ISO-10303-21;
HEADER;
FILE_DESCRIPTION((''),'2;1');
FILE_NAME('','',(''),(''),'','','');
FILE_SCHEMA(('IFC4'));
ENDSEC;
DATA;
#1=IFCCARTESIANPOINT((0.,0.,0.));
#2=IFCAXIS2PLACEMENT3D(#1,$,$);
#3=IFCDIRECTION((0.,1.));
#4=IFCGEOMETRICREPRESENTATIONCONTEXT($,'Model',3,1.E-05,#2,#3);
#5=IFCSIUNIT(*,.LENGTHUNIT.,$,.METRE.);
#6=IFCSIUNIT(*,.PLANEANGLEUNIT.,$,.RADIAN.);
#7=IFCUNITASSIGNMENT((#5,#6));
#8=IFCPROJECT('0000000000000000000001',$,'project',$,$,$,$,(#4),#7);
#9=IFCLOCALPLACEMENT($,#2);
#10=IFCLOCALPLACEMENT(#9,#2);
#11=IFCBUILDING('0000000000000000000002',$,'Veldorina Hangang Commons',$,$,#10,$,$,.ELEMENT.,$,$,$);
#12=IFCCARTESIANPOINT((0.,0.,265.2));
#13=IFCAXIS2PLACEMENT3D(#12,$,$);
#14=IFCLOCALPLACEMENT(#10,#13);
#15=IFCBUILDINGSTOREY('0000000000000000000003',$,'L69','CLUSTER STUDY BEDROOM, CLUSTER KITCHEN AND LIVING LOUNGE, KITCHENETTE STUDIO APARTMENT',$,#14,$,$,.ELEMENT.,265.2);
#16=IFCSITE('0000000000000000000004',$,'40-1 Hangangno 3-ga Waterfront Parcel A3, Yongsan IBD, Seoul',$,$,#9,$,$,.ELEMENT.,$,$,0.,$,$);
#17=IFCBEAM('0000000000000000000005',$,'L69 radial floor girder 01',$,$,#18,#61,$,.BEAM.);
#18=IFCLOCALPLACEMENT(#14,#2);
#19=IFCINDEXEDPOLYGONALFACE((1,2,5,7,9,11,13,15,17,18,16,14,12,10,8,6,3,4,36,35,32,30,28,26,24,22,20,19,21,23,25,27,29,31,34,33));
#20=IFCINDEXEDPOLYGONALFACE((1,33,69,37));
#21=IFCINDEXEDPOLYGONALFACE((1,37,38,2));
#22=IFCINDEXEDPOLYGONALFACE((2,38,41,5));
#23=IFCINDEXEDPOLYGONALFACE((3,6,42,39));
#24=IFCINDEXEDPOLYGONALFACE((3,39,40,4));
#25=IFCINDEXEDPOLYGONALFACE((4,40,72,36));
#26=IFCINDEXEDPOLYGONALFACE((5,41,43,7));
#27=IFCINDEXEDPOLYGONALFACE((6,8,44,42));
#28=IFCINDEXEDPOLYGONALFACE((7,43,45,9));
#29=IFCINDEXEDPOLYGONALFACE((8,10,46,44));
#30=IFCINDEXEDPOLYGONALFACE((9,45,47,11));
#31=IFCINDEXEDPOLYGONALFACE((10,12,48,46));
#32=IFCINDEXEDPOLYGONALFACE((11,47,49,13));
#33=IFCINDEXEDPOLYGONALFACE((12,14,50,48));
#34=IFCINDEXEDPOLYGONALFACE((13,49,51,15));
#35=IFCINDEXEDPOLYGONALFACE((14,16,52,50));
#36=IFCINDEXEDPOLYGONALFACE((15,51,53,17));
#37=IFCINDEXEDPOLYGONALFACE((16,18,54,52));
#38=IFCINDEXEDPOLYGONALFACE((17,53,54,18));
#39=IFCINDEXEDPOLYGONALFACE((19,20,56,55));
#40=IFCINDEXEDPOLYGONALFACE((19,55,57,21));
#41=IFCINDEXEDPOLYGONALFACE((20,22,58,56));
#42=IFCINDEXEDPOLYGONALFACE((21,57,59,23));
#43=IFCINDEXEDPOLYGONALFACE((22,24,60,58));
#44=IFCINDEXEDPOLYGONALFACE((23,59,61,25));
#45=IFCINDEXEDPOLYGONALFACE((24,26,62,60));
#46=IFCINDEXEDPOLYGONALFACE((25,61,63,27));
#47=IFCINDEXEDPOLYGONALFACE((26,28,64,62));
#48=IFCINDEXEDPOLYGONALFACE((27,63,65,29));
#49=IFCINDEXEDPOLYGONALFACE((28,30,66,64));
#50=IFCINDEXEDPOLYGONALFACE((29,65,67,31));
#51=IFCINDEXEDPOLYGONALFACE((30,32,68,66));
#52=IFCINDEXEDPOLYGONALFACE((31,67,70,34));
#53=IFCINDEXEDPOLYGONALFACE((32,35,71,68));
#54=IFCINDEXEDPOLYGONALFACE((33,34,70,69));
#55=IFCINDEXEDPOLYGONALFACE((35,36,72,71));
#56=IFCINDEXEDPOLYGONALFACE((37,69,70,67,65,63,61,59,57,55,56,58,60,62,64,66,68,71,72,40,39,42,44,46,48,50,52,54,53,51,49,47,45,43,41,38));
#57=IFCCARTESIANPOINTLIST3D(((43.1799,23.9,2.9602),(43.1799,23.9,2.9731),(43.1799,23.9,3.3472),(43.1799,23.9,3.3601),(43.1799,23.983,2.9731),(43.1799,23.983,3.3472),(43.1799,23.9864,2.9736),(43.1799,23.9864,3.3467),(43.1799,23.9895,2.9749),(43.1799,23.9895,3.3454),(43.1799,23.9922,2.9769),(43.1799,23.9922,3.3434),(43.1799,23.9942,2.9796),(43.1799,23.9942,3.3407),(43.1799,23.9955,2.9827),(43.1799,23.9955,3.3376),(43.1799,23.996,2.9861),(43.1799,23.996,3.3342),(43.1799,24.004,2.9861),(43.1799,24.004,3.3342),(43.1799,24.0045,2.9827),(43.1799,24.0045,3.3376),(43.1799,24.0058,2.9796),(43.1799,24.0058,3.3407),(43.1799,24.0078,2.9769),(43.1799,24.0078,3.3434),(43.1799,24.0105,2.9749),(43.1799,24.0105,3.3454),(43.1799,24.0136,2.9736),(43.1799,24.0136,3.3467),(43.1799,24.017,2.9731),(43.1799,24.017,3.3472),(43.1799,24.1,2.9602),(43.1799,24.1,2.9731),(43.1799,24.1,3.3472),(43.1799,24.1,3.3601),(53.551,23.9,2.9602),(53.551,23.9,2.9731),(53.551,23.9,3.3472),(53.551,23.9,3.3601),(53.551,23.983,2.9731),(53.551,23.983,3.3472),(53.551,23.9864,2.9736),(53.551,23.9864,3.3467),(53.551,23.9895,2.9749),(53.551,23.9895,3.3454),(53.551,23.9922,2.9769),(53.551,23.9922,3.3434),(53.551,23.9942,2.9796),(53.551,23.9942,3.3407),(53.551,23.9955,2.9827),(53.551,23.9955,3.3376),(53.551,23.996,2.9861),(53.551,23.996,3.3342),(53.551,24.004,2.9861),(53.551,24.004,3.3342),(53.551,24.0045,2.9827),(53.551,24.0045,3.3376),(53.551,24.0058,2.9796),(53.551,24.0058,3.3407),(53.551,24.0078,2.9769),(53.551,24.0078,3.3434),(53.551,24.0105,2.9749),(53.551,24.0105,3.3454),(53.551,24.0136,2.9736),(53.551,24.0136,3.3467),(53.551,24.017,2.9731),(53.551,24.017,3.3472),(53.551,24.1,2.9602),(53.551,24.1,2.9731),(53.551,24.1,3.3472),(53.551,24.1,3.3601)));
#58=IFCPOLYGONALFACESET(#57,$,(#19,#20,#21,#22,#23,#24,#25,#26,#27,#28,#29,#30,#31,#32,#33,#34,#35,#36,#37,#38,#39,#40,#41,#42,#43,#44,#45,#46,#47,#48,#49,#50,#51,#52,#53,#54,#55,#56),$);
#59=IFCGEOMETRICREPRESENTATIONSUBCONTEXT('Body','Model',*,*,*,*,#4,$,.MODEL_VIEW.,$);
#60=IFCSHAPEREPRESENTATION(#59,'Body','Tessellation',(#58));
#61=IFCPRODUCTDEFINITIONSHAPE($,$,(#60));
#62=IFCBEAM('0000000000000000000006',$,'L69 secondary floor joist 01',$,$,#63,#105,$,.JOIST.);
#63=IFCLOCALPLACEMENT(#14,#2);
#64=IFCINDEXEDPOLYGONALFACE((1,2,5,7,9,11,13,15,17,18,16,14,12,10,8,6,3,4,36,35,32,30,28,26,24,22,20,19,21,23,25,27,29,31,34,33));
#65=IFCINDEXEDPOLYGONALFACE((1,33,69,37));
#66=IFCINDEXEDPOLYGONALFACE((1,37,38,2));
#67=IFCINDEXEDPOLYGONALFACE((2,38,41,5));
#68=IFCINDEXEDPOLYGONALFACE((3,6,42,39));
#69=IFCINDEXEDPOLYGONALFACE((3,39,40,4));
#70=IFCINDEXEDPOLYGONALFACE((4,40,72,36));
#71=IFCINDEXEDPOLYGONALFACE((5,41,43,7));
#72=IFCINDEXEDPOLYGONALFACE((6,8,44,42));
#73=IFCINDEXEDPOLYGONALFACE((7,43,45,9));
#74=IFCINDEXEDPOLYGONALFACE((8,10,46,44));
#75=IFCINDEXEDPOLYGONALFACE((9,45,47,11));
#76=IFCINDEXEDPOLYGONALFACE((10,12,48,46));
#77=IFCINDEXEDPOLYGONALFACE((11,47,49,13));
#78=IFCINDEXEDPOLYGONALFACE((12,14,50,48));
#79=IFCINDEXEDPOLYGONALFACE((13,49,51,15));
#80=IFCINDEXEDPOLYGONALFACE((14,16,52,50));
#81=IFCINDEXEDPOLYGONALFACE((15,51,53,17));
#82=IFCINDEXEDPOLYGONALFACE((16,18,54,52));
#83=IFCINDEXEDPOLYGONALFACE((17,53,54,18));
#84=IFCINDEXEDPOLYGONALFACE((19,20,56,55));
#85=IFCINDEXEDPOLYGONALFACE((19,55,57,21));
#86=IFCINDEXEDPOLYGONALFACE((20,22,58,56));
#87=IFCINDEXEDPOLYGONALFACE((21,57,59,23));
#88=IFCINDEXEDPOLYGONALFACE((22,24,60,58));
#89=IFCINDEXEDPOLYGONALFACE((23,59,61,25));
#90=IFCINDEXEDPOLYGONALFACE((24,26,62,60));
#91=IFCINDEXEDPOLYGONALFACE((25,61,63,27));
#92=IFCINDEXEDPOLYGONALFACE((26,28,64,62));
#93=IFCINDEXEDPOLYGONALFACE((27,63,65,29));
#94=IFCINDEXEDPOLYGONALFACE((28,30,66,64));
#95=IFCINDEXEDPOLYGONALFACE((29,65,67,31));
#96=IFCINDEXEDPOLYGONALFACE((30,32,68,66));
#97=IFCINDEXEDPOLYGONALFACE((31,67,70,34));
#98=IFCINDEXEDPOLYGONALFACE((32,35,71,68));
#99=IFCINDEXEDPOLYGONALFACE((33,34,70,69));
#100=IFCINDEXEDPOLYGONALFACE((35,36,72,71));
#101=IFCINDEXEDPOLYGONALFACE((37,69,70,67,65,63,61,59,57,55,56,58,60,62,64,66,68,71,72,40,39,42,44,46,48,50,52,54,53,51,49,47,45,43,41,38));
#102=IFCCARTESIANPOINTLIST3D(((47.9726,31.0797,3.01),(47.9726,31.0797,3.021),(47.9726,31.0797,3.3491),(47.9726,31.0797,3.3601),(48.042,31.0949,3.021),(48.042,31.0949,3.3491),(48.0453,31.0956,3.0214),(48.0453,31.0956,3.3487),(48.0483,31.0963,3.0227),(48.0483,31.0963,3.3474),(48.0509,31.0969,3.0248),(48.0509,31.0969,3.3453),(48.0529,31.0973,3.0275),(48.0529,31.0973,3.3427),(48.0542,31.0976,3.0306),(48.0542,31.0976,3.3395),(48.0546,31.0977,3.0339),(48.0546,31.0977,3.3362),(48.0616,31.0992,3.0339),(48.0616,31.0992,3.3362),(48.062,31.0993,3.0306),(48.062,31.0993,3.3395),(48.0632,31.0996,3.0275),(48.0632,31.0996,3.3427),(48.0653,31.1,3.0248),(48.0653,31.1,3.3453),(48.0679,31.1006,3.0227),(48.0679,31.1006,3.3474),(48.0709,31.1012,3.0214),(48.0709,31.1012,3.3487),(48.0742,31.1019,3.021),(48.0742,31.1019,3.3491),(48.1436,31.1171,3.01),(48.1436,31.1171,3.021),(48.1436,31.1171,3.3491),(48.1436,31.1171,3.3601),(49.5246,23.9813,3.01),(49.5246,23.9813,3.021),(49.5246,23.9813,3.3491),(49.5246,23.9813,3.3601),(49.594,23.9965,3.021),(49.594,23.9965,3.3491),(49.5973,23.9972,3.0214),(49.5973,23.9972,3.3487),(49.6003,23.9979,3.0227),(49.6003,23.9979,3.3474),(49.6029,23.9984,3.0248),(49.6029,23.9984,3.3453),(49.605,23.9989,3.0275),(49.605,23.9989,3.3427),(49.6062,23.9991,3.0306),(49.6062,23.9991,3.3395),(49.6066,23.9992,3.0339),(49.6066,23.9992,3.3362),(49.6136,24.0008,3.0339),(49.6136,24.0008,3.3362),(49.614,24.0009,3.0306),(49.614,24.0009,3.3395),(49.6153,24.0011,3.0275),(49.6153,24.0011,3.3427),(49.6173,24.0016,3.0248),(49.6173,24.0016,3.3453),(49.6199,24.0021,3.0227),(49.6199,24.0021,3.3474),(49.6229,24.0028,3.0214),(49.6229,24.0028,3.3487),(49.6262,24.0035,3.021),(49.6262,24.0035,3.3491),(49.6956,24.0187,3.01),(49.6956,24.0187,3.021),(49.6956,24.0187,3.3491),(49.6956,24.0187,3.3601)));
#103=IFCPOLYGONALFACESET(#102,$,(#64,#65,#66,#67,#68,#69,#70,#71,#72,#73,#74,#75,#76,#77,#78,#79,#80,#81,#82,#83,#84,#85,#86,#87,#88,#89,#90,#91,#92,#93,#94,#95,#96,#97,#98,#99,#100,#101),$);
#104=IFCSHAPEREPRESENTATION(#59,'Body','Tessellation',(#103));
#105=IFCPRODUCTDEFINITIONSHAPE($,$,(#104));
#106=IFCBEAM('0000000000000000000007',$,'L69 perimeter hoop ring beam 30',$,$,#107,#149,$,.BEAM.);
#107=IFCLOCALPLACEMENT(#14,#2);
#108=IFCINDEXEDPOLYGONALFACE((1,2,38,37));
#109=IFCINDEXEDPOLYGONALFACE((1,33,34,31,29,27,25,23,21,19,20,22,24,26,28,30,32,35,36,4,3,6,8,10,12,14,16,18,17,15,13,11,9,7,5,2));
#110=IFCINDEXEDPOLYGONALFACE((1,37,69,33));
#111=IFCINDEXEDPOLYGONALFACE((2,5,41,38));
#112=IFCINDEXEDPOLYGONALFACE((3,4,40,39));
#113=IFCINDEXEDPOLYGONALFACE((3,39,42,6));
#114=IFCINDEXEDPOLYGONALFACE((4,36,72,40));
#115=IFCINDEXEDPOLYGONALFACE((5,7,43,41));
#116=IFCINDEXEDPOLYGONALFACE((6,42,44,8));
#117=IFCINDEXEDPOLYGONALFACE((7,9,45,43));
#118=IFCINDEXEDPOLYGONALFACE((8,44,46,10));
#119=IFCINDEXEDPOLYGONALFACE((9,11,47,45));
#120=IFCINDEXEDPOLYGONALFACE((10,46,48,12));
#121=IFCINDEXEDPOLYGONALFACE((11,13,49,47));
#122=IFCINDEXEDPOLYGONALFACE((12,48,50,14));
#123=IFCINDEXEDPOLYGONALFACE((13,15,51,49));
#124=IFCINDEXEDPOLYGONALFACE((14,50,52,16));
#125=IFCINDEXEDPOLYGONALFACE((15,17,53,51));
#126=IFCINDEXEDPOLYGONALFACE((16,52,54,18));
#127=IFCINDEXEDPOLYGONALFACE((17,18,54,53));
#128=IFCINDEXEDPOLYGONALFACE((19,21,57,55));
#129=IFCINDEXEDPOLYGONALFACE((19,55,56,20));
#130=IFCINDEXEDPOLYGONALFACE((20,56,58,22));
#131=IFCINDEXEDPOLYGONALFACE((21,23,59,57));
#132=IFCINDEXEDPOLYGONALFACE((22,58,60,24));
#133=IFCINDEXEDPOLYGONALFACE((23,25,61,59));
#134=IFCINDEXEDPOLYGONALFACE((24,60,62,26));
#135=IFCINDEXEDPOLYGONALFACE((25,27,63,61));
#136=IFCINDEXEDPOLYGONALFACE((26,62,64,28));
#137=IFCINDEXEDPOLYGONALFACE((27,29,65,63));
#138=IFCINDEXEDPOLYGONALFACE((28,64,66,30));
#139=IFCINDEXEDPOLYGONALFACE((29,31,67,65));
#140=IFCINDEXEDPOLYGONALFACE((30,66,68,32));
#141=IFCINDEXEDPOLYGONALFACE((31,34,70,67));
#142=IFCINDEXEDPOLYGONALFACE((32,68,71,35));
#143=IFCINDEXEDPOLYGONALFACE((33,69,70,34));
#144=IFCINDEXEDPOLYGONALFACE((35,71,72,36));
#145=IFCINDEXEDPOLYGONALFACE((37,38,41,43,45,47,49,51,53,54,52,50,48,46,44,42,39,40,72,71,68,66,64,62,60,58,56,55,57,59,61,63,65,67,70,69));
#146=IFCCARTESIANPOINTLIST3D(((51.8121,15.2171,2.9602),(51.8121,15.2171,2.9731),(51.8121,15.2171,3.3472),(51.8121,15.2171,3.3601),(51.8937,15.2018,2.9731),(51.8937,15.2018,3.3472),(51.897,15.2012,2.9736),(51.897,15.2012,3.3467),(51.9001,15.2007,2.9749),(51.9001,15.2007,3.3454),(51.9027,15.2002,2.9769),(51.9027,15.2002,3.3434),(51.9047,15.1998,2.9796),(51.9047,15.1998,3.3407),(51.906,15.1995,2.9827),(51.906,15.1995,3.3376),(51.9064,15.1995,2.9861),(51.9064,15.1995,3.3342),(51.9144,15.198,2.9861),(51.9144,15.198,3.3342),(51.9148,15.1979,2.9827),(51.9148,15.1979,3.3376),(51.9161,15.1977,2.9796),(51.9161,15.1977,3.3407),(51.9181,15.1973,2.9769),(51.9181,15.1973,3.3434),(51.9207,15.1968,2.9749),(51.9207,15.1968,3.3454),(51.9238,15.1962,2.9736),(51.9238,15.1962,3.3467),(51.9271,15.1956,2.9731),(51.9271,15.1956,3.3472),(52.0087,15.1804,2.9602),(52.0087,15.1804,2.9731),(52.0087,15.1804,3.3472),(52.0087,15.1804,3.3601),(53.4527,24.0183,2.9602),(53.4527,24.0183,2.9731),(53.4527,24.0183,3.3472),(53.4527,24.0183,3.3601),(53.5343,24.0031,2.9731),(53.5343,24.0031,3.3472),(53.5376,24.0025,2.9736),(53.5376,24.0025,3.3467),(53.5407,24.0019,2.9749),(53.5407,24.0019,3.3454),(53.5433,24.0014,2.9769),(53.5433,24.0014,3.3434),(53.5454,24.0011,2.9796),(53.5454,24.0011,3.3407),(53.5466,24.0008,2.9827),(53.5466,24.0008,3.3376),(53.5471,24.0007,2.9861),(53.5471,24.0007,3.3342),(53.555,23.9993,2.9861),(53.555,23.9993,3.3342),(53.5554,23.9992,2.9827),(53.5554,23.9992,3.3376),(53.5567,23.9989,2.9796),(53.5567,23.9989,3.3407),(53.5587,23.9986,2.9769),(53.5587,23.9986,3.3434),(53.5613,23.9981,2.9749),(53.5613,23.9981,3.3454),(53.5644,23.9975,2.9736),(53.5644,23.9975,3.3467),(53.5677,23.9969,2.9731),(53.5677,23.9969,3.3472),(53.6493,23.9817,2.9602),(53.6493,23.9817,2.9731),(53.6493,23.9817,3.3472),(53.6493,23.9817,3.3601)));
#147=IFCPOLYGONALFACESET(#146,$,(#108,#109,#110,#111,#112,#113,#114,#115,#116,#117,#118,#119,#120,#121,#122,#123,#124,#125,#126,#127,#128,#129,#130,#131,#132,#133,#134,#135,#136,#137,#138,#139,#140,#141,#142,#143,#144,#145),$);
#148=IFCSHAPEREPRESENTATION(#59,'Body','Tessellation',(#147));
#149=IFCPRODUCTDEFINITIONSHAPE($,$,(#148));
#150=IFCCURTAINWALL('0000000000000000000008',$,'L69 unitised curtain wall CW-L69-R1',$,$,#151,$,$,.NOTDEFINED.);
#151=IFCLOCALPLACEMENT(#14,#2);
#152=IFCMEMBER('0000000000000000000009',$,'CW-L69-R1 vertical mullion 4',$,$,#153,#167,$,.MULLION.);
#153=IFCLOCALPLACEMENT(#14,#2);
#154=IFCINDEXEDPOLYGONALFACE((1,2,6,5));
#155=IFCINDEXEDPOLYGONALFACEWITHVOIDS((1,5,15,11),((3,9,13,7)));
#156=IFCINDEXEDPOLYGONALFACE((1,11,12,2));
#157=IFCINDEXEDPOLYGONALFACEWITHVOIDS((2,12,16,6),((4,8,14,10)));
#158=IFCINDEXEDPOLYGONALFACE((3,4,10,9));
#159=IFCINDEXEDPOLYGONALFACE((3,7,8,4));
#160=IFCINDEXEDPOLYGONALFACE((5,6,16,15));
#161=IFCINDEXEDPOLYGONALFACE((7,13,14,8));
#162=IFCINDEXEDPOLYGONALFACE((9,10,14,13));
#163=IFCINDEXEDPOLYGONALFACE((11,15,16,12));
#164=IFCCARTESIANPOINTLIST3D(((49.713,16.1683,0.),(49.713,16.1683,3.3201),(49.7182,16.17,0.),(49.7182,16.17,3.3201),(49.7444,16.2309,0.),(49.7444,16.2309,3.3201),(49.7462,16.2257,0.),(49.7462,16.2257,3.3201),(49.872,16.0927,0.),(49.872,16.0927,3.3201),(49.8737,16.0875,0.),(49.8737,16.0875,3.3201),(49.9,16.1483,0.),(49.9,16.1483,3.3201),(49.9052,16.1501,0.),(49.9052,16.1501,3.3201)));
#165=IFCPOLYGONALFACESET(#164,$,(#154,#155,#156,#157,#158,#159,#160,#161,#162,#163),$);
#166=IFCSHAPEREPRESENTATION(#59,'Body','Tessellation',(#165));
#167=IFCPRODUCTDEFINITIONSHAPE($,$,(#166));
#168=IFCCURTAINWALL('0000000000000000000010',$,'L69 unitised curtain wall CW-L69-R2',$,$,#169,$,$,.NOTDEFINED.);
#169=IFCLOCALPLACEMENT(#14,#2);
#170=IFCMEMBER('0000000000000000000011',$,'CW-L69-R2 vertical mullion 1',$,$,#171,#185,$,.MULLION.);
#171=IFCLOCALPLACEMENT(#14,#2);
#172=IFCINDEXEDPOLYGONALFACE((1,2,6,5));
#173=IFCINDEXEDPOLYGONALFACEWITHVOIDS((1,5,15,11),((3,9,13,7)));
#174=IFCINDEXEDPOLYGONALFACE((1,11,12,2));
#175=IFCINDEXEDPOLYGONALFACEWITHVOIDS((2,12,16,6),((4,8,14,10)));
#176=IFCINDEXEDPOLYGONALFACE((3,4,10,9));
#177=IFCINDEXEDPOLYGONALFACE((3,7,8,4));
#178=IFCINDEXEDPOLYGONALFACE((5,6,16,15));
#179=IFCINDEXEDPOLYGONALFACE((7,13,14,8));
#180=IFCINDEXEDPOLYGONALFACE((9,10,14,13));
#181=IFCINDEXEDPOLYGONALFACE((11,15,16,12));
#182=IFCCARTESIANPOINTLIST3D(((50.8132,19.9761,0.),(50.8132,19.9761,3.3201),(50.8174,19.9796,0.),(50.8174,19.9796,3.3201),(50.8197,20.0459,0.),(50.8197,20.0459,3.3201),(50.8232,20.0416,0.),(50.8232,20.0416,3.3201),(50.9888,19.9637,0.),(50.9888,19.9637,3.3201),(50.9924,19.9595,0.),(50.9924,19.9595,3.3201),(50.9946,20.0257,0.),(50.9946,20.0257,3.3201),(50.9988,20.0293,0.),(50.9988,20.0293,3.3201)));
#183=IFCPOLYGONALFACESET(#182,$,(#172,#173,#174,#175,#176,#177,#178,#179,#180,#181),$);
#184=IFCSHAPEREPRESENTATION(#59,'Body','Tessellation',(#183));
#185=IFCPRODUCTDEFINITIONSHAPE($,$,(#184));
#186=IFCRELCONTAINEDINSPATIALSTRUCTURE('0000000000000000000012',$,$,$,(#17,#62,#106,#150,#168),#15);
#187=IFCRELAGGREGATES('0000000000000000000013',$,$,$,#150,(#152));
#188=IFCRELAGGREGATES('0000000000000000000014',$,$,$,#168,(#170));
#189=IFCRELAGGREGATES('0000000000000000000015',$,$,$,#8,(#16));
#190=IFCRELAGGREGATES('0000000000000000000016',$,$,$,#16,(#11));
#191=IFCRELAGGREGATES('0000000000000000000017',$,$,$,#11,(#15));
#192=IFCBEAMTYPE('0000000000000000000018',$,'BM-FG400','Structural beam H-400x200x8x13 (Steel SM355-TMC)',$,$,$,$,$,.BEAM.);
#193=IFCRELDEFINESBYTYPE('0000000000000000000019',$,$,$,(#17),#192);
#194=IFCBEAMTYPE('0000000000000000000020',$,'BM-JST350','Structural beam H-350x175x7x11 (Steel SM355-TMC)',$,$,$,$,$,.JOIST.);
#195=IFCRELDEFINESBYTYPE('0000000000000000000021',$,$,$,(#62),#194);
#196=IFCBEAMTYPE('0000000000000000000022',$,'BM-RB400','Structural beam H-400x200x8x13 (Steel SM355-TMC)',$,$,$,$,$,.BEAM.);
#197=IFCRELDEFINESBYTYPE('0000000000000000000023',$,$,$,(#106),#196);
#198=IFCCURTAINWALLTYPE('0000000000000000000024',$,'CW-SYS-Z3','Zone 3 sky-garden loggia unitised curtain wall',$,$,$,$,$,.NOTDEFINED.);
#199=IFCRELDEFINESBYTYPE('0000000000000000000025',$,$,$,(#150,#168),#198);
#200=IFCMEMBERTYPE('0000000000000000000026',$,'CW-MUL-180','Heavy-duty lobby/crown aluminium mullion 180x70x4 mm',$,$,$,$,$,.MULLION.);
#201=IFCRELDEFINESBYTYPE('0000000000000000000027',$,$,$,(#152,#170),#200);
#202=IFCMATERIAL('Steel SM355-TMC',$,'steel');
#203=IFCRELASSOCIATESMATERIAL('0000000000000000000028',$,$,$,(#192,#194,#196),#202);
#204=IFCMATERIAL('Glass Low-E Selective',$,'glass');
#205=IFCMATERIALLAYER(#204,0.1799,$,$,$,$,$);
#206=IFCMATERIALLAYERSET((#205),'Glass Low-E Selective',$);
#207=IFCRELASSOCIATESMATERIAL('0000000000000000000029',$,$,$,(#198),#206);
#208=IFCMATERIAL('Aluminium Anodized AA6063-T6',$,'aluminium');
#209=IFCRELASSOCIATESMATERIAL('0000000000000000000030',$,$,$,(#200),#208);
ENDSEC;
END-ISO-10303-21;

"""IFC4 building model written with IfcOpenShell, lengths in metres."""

from ifc_helpers import new_model, si_unit, direction, frame, origin, origin_2d, place, context, subcontext, project, spatial, hollow_rectangle, i_section, extrude, material, layer, layer_set, material_profile, profile_set, type_object, element, aggregate, save


model = new_model("IFC4")

# Units and contexts
model_context = context("Model", 3, precision=1e-05, world=origin(), true_north=direction((0.0, 1.0)))
body_context = subcontext(model_context, "Body", "Model", "MODEL_VIEW")
ifc_project = project(units=[si_unit("LENGTHUNIT", "METRE"), si_unit("PLANEANGLEUNIT", "RADIAN")], contexts=[model_context])

# Site, building, storey
site_placement = place(None, origin())
site = spatial("IfcSite", under=ifc_project, at=site_placement, Name="40-1 Hangangno 3-ga Waterfront Parcel A3, Yongsan IBD, Seoul", CompositionType="ELEMENT", RefElevation=0.0)
building_placement = place(site_placement, origin())
building = spatial("IfcBuilding", under=site, at=building_placement, Name="Veldorina Hangang Commons", CompositionType="ELEMENT")
storey_placement = place(building_placement, frame((0.0, 0.0, 265.2)))
storey = spatial("IfcBuildingStorey", under=building, at=storey_placement, Name="L69", Description="CLUSTER STUDY BEDROOM, CLUSTER KITCHEN AND LIVING LOUNGE, KITCHENETTE STUDIO APARTMENT", CompositionType="ELEMENT", Elevation=265.2)

# Beams
ifc_material_1 = material(Name="Steel SM355-TMC", Category="steel")
ifc_material_profile_1 = material_profile(ifc_material_1, i_section(OverallWidth=0.2, OverallDepth=0.3999, WebThickness=0.0081, FlangeThickness=0.0129, FilletRadius=0.0129, at=origin_2d()), Name="H-400x200x8x13")
ifc_profile_set_1 = profile_set([ifc_material_profile_1], Name="Steel SM355-TMC")
beam_type_1 = type_object("IfcBeamType", Name="BM-FG400", Description="Structural beam H-400x200x8x13 (Steel SM355-TMC)", PredefinedType="BEAM", material=ifc_profile_set_1)
beam_1_placement = place(storey_placement, frame((43.1799, 24.0, 3.1602), z_axis=(1.0, 0.0, 0.0), x_axis=(0.0, 1.0, 0.0)))
element("IfcBeam", 1, at=beam_1_placement, inside=storey, type_object=beam_type_1, Name="L69 radial floor girder 01", PredefinedType="BEAM", context=body_context, shape_type="SweptSolid", body=[
    extrude(i_section(OverallWidth=0.2, OverallDepth=0.3999, WebThickness=0.0081, FlangeThickness=0.0129, FilletRadius=0.0129, at=origin_2d()), origin(), (0.0, 0.0, 1.0), 10.3711),
])
ifc_material_profile_2 = material_profile(ifc_material_1, i_section(OverallWidth=0.175, OverallDepth=0.3501, WebThickness=0.0071, FlangeThickness=0.011, FilletRadius=0.0129, at=origin_2d()), Name="H-350x175x7x11")
ifc_profile_set_2 = profile_set([ifc_material_profile_2], Name="Steel SM355-TMC")
beam_type_2 = type_object("IfcBeamType", Name="BM-JST350", Description="Structural beam H-350x175x7x11 (Steel SM355-TMC)", PredefinedType="JOIST", material=ifc_profile_set_2)
beam_2_placement = place(storey_placement, frame((49.6101, 24.0, 3.1851), z_axis=(-0.213596, 0.976922, 0.0), x_axis=(-0.976922, -0.213596, 0.0)))
element("IfcBeam", 2, at=beam_2_placement, inside=storey, type_object=beam_type_2, Name="L69 secondary floor joist 01", PredefinedType="JOIST", context=body_context, shape_type="SweptSolid", body=[
    extrude(i_section(OverallWidth=0.175, OverallDepth=0.3501, WebThickness=0.0071, FlangeThickness=0.011, FilletRadius=0.0129, at=origin_2d()), origin(), (0.0, 0.0, 1.0), 7.2661),
])
ifc_material_profile_3 = material_profile(ifc_material_1, i_section(OverallWidth=0.2, OverallDepth=0.3999, WebThickness=0.0081, FlangeThickness=0.0129, FilletRadius=0.0129, at=origin_2d()), Name="H-400x200x8x13")
ifc_profile_set_3 = profile_set([ifc_material_profile_3], Name="Steel SM355-TMC")
beam_type_3 = type_object("IfcBeamType", Name="BM-RB400", Description="Structural beam H-400x200x8x13 (Steel SM355-TMC)", PredefinedType="BEAM", material=ifc_profile_set_3)
beam_3_placement = place(storey_placement, frame((51.9104, 15.1987, 3.1602), z_axis=(0.183251, 0.983066, 0.0), x_axis=(-0.983066, 0.183251, 0.0)))
element("IfcBeam", 3, at=beam_3_placement, inside=storey, type_object=beam_type_3, Name="L69 perimeter hoop ring beam 30", PredefinedType="BEAM", context=body_context, shape_type="SweptSolid", body=[
    extrude(i_section(OverallWidth=0.2, OverallDepth=0.3999, WebThickness=0.0081, FlangeThickness=0.0129, FilletRadius=0.0129, at=origin_2d()), origin(), (0.0, 0.0, 1.0), 8.9529),
])

# Curtain wall, member
ifc_material_2 = material(Name="Glass Low-E Selective", Category="glass")
ifc_layer_1 = layer(ifc_material_2, 0.1799)
ifc_layer_set_1 = layer_set([ifc_layer_1], Name="Glass Low-E Selective")
curtain_wall_type = type_object("IfcCurtainWallType", Name="CW-SYS-Z3", Description="Zone 3 sky-garden loggia unitised curtain wall", PredefinedType="NOTDEFINED", material=ifc_layer_set_1)
curtain_wall_1_placement = place(storey_placement, origin())
curtain_wall_1 = element("IfcCurtainWall", 4, at=curtain_wall_1_placement, inside=storey, type_object=curtain_wall_type, Name="L69 unitised curtain wall CW-L69-R1", PredefinedType="NOTDEFINED")
ifc_material_3 = material(Name="Aluminium Anodized AA6063-T6", Category="aluminium")
ifc_material_profile_4 = material_profile(ifc_material_3, hollow_rectangle(XDim=0.0701, YDim=0.1799, WallThickness=0.0039, at=origin_2d()), Name="ALU-RHS-180x70x4")
ifc_profile_set_4 = profile_set([ifc_material_profile_4], Name="Aluminium Anodized AA6063-T6")
member_type_1 = type_object("IfcMemberType", Name="CW-MUL-180", Description="Heavy-duty lobby/crown aluminium mullion 180x70x4 mm", PredefinedType="MULLION", material=ifc_profile_set_4)
member_1_placement = place(storey_placement, frame((49.8091, 16.1592, 0.0), z_axis=(0.0, 0.0, 1.0), x_axis=(-0.449288, -0.893387, 0.0)))
member_1 = element("IfcMember", 5, at=member_1_placement, type_object=member_type_1, Name="CW-L69-R1 vertical mullion 4", PredefinedType="MULLION", context=body_context, shape_type="SweptSolid", body=[
    extrude(hollow_rectangle(XDim=0.0701, YDim=0.1799, WallThickness=0.0039, at=origin_2d()), origin(), (0.0, 0.0, 1.0), 3.3201),
])

# Curtain wall, member
curtain_wall_2_placement = place(storey_placement, origin())
curtain_wall_2 = element("IfcCurtainWall", 6, at=curtain_wall_2_placement, inside=storey, type_object=curtain_wall_type, Name="L69 unitised curtain wall CW-L69-R2", PredefinedType="NOTDEFINED")
member_2_placement = place(storey_placement, frame((50.906, 20.0027, 0.0), z_axis=(0.0, 0.0, 1.0), x_axis=(0.092266, 0.995734, 0.0)))
member_2 = element("IfcMember", 7, at=member_2_placement, type_object=member_type_1, Name="CW-L69-R2 vertical mullion 1", PredefinedType="MULLION", context=body_context, shape_type="SweptSolid", body=[
    extrude(hollow_rectangle(XDim=0.0701, YDim=0.1799, WallThickness=0.0039, at=origin_2d()), origin(), (0.0, 0.0, 1.0), 3.3201),
])

aggregate(curtain_wall_1, [member_1])
aggregate(curtain_wall_2, [member_2])

save(model, "model.ifc")
